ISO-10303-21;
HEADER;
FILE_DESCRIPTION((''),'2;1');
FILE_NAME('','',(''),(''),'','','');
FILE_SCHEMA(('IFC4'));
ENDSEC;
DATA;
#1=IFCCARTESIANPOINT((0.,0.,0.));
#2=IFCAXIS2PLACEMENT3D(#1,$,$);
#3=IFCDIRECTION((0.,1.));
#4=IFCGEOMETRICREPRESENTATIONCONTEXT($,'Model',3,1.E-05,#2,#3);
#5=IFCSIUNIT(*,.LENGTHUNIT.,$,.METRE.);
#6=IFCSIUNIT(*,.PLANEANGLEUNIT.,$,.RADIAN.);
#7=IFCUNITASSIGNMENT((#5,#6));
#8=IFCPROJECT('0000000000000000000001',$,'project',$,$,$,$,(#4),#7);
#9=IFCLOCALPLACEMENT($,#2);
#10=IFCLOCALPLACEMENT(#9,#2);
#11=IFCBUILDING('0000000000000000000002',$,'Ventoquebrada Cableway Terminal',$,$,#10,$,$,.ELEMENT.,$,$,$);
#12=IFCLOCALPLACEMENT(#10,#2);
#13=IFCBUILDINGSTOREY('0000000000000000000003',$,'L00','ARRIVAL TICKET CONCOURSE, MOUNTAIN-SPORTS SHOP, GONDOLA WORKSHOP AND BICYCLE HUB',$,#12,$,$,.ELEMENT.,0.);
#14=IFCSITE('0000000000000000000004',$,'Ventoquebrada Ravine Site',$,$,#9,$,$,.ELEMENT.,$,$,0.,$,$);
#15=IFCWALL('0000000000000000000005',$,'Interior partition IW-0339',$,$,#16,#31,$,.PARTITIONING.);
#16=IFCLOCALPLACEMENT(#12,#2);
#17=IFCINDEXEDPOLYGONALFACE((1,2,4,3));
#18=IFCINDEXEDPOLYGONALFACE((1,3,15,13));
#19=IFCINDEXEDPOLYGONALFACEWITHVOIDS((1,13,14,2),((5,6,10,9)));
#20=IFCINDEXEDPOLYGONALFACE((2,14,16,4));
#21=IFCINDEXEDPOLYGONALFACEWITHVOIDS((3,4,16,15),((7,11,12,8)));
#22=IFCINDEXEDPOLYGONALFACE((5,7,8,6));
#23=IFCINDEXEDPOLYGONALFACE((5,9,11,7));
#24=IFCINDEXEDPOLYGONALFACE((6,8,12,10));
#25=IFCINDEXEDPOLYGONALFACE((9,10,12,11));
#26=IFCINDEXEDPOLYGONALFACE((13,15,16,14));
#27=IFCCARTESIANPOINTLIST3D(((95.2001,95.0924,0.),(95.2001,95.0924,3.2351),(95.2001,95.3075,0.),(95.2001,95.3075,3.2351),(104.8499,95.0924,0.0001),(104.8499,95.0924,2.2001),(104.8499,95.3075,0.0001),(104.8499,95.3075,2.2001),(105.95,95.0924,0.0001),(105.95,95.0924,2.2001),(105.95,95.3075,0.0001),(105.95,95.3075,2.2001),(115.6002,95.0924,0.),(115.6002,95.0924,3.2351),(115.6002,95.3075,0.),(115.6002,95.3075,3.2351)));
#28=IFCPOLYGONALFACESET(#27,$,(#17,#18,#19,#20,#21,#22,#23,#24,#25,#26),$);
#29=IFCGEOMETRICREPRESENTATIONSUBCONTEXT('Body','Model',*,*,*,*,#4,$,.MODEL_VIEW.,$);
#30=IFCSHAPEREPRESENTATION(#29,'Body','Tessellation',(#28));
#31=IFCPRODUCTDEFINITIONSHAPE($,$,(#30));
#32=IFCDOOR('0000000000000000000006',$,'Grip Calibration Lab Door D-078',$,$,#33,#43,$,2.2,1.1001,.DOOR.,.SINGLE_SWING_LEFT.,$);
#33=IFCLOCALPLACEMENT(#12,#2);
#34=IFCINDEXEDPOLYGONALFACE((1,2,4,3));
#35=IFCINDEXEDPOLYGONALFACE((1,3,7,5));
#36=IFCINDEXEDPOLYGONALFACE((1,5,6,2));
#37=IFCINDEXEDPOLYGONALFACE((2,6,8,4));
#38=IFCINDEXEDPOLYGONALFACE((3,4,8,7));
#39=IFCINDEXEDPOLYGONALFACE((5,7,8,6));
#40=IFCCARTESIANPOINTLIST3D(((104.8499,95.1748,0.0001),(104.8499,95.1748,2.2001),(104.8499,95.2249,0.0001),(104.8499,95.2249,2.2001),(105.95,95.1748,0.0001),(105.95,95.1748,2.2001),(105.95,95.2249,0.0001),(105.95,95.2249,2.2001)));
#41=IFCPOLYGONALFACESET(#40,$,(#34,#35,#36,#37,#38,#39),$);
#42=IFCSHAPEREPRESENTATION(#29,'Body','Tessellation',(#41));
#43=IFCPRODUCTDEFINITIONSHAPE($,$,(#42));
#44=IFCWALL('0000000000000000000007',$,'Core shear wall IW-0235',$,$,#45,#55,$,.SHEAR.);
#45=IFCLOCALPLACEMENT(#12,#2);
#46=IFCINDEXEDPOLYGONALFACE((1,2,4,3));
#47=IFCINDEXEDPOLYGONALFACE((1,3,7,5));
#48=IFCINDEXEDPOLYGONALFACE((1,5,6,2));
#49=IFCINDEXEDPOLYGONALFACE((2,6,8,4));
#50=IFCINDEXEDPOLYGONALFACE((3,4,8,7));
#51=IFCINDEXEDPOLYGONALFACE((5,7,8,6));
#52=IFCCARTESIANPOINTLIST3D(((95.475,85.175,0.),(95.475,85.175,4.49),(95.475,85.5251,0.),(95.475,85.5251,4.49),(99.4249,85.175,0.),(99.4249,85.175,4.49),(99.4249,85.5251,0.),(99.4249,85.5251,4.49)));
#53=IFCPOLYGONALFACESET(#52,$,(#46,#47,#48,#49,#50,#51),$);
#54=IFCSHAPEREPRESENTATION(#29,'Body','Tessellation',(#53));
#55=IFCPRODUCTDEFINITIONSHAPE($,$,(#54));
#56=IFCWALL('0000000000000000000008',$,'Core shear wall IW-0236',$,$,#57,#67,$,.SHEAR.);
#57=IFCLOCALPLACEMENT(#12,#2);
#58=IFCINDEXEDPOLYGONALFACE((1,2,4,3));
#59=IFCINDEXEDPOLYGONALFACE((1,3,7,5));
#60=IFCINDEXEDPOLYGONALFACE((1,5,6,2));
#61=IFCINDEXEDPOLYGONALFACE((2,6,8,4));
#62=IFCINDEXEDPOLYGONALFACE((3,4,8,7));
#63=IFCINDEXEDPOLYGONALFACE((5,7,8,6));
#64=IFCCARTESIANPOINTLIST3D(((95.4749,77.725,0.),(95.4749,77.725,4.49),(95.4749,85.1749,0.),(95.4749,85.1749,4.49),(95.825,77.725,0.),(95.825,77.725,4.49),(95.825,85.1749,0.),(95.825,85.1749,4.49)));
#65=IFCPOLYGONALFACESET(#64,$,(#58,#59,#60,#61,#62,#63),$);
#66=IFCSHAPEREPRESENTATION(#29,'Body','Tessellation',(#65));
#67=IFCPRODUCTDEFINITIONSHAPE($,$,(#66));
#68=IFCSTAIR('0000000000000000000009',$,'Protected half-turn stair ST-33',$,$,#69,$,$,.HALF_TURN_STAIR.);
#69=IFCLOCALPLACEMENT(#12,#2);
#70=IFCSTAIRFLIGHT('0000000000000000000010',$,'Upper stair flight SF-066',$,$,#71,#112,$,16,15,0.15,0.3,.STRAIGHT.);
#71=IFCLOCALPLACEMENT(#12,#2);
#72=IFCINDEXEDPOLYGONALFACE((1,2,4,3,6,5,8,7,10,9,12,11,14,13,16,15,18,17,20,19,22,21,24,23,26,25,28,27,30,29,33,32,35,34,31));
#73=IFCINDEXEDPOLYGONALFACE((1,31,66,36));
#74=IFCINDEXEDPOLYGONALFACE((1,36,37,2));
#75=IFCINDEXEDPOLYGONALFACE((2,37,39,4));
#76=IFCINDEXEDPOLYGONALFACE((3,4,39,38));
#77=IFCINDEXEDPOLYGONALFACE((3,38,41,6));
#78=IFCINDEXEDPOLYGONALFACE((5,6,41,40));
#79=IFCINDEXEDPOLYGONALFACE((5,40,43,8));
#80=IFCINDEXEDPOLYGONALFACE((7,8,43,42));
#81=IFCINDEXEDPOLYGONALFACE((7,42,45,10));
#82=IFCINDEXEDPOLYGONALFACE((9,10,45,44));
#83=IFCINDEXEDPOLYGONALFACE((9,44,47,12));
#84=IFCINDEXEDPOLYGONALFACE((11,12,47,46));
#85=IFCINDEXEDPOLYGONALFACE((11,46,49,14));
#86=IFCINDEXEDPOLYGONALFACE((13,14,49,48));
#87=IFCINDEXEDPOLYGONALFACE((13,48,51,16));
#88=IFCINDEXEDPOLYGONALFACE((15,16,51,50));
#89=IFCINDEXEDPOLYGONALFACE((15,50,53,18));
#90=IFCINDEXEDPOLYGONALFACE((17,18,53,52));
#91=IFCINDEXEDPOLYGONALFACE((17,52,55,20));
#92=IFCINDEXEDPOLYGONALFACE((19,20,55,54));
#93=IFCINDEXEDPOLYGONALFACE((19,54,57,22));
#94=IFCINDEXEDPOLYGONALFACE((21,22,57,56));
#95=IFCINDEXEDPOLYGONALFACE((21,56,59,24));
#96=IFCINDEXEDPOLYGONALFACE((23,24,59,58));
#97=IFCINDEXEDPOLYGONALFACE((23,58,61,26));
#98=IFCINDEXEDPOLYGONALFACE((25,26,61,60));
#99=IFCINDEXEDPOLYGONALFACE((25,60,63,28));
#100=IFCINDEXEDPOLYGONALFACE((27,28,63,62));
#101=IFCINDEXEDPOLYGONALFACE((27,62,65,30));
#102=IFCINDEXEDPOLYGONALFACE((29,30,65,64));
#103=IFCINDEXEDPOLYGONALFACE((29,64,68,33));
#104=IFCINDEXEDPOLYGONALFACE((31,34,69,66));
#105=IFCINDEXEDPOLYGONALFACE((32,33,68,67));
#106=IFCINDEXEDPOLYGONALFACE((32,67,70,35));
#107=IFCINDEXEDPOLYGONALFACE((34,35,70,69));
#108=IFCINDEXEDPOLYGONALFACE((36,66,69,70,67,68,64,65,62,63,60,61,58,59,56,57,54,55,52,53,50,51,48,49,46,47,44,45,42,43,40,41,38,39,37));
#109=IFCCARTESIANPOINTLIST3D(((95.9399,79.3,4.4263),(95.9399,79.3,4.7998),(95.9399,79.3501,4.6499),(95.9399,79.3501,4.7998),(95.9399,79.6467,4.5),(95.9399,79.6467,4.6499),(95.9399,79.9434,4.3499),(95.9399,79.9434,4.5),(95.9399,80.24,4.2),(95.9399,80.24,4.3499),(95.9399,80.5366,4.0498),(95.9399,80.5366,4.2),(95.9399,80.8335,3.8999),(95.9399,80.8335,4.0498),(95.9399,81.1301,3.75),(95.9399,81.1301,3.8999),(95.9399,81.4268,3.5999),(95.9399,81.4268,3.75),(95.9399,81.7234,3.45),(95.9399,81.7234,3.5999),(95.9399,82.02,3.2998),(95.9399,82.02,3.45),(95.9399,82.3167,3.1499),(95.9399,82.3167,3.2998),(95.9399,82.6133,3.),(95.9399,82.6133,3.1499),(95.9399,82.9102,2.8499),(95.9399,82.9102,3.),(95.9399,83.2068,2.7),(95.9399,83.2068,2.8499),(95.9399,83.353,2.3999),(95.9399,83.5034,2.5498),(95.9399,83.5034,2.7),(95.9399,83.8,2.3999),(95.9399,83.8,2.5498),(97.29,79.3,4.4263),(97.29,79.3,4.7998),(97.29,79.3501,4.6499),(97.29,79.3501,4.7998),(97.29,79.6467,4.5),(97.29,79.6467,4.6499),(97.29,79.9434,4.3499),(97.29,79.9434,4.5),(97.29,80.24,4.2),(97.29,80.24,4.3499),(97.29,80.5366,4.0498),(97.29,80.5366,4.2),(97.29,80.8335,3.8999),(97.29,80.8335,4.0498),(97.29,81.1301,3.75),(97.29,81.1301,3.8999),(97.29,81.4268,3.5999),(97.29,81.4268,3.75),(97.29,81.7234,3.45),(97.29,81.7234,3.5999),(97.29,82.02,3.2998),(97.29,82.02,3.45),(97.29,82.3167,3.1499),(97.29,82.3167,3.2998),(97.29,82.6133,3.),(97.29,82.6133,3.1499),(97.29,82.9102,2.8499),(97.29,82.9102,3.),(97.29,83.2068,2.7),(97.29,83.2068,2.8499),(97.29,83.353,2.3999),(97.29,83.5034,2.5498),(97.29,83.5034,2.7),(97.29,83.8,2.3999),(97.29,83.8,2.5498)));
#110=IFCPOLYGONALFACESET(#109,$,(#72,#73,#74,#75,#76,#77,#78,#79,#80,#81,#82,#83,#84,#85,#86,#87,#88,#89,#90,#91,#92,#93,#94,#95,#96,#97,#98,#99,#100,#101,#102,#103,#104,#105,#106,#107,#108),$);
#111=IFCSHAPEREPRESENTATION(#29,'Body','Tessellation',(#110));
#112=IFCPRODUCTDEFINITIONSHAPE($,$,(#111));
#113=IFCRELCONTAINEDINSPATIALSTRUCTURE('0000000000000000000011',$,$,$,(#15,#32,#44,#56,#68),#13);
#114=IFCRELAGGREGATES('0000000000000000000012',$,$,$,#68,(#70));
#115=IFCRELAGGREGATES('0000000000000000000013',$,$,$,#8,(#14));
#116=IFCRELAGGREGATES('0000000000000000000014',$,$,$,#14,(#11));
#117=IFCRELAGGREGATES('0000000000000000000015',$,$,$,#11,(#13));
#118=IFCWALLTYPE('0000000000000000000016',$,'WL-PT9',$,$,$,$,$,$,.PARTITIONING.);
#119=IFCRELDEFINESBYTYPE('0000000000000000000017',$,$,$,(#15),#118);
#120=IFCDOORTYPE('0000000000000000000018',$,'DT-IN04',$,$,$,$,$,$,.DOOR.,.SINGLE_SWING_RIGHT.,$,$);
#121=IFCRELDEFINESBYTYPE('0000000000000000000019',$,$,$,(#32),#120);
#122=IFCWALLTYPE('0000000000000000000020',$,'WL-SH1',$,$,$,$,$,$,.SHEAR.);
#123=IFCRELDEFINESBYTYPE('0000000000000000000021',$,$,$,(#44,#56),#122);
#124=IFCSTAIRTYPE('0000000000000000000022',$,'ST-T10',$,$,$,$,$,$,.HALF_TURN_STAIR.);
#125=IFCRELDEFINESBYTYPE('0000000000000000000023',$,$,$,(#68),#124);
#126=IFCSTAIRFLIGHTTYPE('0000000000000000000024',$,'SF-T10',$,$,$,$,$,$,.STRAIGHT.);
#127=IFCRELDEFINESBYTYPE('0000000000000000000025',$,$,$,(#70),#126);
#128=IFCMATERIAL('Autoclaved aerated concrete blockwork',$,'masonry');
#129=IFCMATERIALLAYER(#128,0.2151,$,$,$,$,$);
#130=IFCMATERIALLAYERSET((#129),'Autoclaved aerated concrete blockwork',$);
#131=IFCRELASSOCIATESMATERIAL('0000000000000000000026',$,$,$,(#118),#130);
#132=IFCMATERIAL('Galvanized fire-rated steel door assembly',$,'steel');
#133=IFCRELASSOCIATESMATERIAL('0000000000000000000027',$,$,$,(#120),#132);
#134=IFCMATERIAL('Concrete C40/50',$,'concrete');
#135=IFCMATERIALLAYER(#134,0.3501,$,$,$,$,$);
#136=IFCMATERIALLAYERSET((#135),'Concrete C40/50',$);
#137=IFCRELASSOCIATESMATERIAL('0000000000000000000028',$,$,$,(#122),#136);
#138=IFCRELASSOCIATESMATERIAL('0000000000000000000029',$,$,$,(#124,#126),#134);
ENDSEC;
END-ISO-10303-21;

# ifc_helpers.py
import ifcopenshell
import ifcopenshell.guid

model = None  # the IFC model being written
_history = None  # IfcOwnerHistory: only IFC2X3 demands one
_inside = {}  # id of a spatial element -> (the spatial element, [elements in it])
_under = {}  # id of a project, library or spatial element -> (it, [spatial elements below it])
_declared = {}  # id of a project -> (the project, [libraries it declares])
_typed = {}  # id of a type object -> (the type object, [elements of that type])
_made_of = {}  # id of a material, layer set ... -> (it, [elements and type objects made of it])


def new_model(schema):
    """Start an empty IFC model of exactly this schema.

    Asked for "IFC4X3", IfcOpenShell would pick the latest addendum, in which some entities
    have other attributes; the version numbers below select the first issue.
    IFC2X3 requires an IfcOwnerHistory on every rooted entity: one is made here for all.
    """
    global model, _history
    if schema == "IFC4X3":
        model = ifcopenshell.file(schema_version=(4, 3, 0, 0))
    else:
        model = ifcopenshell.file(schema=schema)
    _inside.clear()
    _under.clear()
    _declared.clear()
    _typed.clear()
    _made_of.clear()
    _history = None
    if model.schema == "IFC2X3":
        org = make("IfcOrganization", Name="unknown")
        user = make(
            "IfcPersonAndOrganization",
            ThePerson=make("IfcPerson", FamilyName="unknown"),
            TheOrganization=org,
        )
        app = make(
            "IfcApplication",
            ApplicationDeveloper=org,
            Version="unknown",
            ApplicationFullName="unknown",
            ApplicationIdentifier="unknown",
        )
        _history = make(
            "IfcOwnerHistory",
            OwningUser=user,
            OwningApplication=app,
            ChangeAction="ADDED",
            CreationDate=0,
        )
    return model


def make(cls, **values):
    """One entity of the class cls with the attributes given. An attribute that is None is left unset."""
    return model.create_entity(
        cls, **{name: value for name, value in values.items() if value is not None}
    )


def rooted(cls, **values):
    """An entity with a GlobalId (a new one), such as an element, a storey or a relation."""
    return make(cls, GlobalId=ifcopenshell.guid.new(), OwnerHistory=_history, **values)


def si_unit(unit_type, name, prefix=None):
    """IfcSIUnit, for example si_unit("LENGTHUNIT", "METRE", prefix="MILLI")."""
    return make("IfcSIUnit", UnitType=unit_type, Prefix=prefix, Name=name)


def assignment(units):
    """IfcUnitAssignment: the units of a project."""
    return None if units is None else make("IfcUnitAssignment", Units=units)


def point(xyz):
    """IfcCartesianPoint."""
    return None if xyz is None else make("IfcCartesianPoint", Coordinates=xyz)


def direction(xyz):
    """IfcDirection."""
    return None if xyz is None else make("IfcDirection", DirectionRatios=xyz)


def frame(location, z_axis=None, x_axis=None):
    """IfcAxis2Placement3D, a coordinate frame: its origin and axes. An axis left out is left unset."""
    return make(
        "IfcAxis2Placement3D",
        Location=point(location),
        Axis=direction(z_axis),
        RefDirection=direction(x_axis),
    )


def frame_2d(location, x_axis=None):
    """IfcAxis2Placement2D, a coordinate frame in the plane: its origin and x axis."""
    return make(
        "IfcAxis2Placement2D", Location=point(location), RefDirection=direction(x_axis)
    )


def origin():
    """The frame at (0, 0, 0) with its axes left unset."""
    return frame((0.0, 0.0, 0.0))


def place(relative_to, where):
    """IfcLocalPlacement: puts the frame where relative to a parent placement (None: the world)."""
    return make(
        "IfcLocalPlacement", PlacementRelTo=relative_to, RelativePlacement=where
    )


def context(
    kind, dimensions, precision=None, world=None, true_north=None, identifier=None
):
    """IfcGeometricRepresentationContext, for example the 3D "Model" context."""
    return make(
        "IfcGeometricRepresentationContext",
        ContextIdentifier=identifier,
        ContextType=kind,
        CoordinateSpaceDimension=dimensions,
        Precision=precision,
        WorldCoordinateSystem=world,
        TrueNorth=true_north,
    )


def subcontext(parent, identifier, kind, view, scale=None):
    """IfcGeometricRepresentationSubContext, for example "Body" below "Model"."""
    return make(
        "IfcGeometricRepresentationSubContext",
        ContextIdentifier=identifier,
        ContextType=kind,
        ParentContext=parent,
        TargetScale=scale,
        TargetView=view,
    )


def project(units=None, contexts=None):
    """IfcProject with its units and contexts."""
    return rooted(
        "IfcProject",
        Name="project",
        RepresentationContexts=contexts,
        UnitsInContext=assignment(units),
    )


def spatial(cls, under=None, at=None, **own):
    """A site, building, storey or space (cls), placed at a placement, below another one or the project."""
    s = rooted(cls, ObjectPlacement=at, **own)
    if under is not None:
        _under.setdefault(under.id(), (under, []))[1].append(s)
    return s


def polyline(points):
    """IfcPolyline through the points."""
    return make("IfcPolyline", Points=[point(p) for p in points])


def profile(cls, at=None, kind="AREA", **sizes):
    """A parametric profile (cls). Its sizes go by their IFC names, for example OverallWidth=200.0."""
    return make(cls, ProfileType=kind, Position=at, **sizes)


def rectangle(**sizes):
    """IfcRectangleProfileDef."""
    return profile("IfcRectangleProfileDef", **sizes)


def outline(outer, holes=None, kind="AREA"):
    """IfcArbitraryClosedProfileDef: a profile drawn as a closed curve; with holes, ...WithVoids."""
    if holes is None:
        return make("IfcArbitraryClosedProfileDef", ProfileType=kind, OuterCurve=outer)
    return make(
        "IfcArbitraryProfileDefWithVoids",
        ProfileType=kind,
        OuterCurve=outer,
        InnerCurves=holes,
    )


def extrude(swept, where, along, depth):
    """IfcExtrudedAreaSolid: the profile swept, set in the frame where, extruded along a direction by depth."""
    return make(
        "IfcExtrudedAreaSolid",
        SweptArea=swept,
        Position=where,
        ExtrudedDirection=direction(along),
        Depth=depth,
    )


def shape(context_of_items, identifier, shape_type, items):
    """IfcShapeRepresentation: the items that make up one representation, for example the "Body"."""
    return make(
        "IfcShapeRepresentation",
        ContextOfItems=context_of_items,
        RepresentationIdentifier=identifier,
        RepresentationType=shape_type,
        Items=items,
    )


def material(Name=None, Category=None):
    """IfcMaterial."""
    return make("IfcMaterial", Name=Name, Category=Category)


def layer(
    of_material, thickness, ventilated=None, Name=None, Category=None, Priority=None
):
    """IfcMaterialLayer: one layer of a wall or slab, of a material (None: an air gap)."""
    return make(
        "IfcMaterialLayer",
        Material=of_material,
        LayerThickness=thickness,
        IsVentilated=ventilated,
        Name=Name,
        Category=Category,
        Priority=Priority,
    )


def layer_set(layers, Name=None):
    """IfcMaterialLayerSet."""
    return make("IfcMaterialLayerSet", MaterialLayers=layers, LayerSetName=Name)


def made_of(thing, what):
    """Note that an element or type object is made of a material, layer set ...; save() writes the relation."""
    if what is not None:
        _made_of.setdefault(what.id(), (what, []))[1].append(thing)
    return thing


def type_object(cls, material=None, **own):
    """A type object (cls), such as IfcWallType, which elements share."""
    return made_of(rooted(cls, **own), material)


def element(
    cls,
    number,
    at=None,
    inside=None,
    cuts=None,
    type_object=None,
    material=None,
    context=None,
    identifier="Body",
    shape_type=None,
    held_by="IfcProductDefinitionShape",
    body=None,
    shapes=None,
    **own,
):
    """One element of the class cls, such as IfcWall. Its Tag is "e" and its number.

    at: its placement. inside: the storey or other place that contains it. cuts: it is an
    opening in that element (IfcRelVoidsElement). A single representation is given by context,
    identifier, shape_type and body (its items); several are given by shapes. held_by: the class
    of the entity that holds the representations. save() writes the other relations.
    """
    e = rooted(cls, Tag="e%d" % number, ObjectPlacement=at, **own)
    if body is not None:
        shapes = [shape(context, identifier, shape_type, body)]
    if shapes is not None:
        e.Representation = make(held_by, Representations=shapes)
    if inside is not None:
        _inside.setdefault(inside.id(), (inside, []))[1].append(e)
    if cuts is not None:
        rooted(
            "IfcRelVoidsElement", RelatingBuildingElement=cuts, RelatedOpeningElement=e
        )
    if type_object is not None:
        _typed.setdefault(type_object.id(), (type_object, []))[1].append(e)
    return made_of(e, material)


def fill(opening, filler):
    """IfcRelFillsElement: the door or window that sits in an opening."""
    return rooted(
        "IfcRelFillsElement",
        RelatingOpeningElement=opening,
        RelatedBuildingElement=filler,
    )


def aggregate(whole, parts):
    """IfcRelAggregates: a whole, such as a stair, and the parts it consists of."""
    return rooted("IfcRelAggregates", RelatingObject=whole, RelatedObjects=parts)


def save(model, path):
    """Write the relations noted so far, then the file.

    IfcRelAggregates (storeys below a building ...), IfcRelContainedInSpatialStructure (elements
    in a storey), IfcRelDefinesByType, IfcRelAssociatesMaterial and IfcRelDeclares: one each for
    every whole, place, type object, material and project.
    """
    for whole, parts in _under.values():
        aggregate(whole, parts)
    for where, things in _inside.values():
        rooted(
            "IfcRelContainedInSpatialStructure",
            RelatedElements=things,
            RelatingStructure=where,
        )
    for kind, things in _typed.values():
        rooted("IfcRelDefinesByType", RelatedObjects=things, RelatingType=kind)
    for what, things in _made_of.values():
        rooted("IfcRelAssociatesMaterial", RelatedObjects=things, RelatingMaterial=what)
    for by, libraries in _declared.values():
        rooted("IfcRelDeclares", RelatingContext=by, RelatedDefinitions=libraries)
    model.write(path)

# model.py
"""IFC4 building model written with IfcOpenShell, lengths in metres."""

from ifc_helpers import new_model, si_unit, direction, frame, frame_2d, origin, place, context, subcontext, project, spatial, polyline, rectangle, outline, extrude, material, layer, layer_set, type_object, element, fill, aggregate, save


model = new_model("IFC4")

# Units and contexts
model_context = context("Model", 3, precision=1e-05, world=origin(), true_north=direction((0.0, 1.0)))
body_context = subcontext(model_context, "Body", "Model", "MODEL_VIEW")
ifc_project = project(units=[si_unit("LENGTHUNIT", "METRE"), si_unit("PLANEANGLEUNIT", "RADIAN")], contexts=[model_context])

# Site, building, storey
site_placement = place(None, origin())
site = spatial("IfcSite", under=ifc_project, at=site_placement, Name="Ventoquebrada Ravine Site", CompositionType="ELEMENT", RefElevation=0.0)
building_placement = place(site_placement, origin())
building = spatial("IfcBuilding", under=site, at=building_placement, Name="Ventoquebrada Cableway Terminal", CompositionType="ELEMENT")
storey_placement = place(building_placement, origin())
storey = spatial("IfcBuildingStorey", under=building, at=storey_placement, Name="L00", Description="ARRIVAL TICKET CONCOURSE, MOUNTAIN-SPORTS SHOP, GONDOLA WORKSHOP AND BICYCLE HUB", CompositionType="ELEMENT", Elevation=0.0)

# Shared definitions
ifc_material_1 = material(Name="Concrete C40/50", Category="concrete")

# Wall, opening, door
ifc_material_2 = material(Name="Autoclaved aerated concrete blockwork", Category="masonry")
ifc_layer_1 = layer(ifc_material_2, 0.2151)
ifc_layer_set_1 = layer_set([ifc_layer_1], Name="Autoclaved aerated concrete blockwork")
wall_type_1 = type_object("IfcWallType", Name="WL-PT9", PredefinedType="PARTITIONING", material=ifc_layer_set_1)
wall_1_placement = place(storey_placement, frame((95.2, 95.2, 0.0), z_axis=(0.0, 0.0, 1.0), x_axis=(1.0, 0.0, 0.0)))
wall_1 = element("IfcWall", 1, at=wall_1_placement, inside=storey, type_object=wall_type_1, Name="Interior partition IW-0339", PredefinedType="PARTITIONING", context=body_context, shape_type="SweptSolid", body=[
    extrude(rectangle(XDim=20.4001, YDim=0.2151, at=frame_2d((10.2002, 0.0))), origin(), (0.0, 0.0, 1.0), 3.2351),
])
opening_1_placement = place(wall_1_placement, frame((9.6499, 0.0, 0.0)))
opening_1 = element("IfcOpeningElement", 2, at=opening_1_placement, cuts=wall_1, PredefinedType="OPENING", context=body_context, shape_type="SweptSolid", body=[
    extrude(rectangle(XDim=1.1001, YDim=2.2, at=frame_2d((0.55, 1.1001))), frame((0.0, 0.1174, 0.0), z_axis=(0.0, -1.0, 0.0), x_axis=(1.0, 0.0, 0.0)), (0.0, 0.0, 1.0), 0.2351),
])
ifc_material_3 = material(Name="Galvanized fire-rated steel door assembly", Category="steel")
door_type_1 = type_object("IfcDoorType", Name="DT-IN04", OperationType="SINGLE_SWING_RIGHT", PredefinedType="DOOR", material=ifc_material_3)
door_1_placement = place(opening_1_placement, origin())
door_1 = element("IfcDoor", 3, at=door_1_placement, inside=storey, type_object=door_type_1, Name="Grip Calibration Lab Door D-078", OperationType="SINGLE_SWING_LEFT", OverallHeight=2.2, OverallWidth=1.1001, PredefinedType="DOOR", context=body_context, shape_type="SweptSolid", body=[
    extrude(rectangle(XDim=1.1001, YDim=2.2, at=frame_2d((0.55, 1.1001))), frame((0.0, 0.0249, 0.0), z_axis=(0.0, -1.0, 0.0), x_axis=(1.0, 0.0, 0.0)), (0.0, 0.0, 1.0), 0.05),
])
fill(opening_1, door_1)

# Walls
ifc_layer_2 = layer(ifc_material_1, 0.3501)
ifc_layer_set_2 = layer_set([ifc_layer_2], Name="Concrete C40/50")
wall_type_2 = type_object("IfcWallType", Name="WL-SH1", PredefinedType="SHEAR", material=ifc_layer_set_2)
wall_2_placement = place(storey_placement, frame((99.425, 85.3501, 0.0), z_axis=(0.0, 0.0, 1.0), x_axis=(-1.0, 0.0, 0.0)))
element("IfcWall", 4, at=wall_2_placement, inside=storey, type_object=wall_type_2, Name="Core shear wall IW-0235", PredefinedType="SHEAR", context=body_context, shape_type="SweptSolid", body=[
    extrude(rectangle(XDim=3.95, YDim=0.3501, at=frame_2d((1.9751, 0.0))), origin(), (0.0, 0.0, 1.0), 4.49),
])
wall_3_placement = place(storey_placement, frame((95.6499, 85.175, 0.0), z_axis=(0.0, 0.0, 1.0), x_axis=(0.0, -1.0, 0.0)))
element("IfcWall", 5, at=wall_3_placement, inside=storey, type_object=wall_type_2, Name="Core shear wall IW-0236", PredefinedType="SHEAR", context=body_context, shape_type="SweptSolid", body=[
    extrude(rectangle(XDim=7.45, YDim=0.3501, at=frame_2d((3.7251, 0.0))), origin(), (0.0, 0.0, 1.0), 4.49),
])

# Stair, stair flight
stair_type = type_object("IfcStairType", Name="ST-T10", PredefinedType="HALF_TURN_STAIR", material=ifc_material_1)
stair_placement = place(storey_placement, origin())
stair = element("IfcStair", 6, at=stair_placement, inside=storey, type_object=stair_type, Name="Protected half-turn stair ST-33", PredefinedType="HALF_TURN_STAIR")
stair_flight_type = type_object("IfcStairFlightType", Name="SF-T10", PredefinedType="STRAIGHT", material=ifc_material_1)
stair_flight_placement = place(storey_placement, frame((96.615, 83.8, 2.3999), z_axis=(0.0, 0.0, 1.0), x_axis=(0.0, -1.0, 0.0)))
stair_flight = element("IfcStairFlight", 7, at=stair_flight_placement, type_object=stair_flight_type, Name="Upper stair flight SF-066", NumberOfRisers=16, NumberOfTreads=15, PredefinedType="STRAIGHT", RiserHeight=0.15, TreadLength=0.3, context=body_context, shape_type="SweptSolid", body=[
    extrude(outline(polyline([(0.0, 0.0), (0.0, 0.1499), (0.2966, 0.1499), (0.2966, 0.3), (0.5933, 0.3), (0.5933, 0.45), (0.8899, 0.45), (0.8899, 0.6001), (1.1868, 0.6001), (1.1868, 0.75), (1.4834, 0.75), (1.4834, 0.8999), (1.78, 0.8999), (1.78, 1.05), (2.0767, 1.05), (2.0767, 1.2), (2.3733, 1.2), (2.3733, 1.3501), (2.6699, 1.3501), (2.6699, 1.5), (2.9666, 1.5), (2.9666, 1.6499), (3.2634, 1.6499), (3.2634, 1.8), (3.5601, 1.8), (3.5601, 1.95), (3.8567, 1.95), (3.8567, 2.1001), (4.1533, 2.1001), (4.1533, 2.25), (4.45, 2.25), (4.45, 2.3999), (4.5, 2.3999), (4.5, 2.0264), (0.447, 0.0), (0.0, 0.0)])), frame((0.0, 0.675, 0.0), z_axis=(0.0, -1.0, 0.0), x_axis=(1.0, 0.0, 0.0)), (0.0, 0.0, 1.0), 1.3501),
])
aggregate(stair, [stair_flight])

save(model, "model.ifc")
